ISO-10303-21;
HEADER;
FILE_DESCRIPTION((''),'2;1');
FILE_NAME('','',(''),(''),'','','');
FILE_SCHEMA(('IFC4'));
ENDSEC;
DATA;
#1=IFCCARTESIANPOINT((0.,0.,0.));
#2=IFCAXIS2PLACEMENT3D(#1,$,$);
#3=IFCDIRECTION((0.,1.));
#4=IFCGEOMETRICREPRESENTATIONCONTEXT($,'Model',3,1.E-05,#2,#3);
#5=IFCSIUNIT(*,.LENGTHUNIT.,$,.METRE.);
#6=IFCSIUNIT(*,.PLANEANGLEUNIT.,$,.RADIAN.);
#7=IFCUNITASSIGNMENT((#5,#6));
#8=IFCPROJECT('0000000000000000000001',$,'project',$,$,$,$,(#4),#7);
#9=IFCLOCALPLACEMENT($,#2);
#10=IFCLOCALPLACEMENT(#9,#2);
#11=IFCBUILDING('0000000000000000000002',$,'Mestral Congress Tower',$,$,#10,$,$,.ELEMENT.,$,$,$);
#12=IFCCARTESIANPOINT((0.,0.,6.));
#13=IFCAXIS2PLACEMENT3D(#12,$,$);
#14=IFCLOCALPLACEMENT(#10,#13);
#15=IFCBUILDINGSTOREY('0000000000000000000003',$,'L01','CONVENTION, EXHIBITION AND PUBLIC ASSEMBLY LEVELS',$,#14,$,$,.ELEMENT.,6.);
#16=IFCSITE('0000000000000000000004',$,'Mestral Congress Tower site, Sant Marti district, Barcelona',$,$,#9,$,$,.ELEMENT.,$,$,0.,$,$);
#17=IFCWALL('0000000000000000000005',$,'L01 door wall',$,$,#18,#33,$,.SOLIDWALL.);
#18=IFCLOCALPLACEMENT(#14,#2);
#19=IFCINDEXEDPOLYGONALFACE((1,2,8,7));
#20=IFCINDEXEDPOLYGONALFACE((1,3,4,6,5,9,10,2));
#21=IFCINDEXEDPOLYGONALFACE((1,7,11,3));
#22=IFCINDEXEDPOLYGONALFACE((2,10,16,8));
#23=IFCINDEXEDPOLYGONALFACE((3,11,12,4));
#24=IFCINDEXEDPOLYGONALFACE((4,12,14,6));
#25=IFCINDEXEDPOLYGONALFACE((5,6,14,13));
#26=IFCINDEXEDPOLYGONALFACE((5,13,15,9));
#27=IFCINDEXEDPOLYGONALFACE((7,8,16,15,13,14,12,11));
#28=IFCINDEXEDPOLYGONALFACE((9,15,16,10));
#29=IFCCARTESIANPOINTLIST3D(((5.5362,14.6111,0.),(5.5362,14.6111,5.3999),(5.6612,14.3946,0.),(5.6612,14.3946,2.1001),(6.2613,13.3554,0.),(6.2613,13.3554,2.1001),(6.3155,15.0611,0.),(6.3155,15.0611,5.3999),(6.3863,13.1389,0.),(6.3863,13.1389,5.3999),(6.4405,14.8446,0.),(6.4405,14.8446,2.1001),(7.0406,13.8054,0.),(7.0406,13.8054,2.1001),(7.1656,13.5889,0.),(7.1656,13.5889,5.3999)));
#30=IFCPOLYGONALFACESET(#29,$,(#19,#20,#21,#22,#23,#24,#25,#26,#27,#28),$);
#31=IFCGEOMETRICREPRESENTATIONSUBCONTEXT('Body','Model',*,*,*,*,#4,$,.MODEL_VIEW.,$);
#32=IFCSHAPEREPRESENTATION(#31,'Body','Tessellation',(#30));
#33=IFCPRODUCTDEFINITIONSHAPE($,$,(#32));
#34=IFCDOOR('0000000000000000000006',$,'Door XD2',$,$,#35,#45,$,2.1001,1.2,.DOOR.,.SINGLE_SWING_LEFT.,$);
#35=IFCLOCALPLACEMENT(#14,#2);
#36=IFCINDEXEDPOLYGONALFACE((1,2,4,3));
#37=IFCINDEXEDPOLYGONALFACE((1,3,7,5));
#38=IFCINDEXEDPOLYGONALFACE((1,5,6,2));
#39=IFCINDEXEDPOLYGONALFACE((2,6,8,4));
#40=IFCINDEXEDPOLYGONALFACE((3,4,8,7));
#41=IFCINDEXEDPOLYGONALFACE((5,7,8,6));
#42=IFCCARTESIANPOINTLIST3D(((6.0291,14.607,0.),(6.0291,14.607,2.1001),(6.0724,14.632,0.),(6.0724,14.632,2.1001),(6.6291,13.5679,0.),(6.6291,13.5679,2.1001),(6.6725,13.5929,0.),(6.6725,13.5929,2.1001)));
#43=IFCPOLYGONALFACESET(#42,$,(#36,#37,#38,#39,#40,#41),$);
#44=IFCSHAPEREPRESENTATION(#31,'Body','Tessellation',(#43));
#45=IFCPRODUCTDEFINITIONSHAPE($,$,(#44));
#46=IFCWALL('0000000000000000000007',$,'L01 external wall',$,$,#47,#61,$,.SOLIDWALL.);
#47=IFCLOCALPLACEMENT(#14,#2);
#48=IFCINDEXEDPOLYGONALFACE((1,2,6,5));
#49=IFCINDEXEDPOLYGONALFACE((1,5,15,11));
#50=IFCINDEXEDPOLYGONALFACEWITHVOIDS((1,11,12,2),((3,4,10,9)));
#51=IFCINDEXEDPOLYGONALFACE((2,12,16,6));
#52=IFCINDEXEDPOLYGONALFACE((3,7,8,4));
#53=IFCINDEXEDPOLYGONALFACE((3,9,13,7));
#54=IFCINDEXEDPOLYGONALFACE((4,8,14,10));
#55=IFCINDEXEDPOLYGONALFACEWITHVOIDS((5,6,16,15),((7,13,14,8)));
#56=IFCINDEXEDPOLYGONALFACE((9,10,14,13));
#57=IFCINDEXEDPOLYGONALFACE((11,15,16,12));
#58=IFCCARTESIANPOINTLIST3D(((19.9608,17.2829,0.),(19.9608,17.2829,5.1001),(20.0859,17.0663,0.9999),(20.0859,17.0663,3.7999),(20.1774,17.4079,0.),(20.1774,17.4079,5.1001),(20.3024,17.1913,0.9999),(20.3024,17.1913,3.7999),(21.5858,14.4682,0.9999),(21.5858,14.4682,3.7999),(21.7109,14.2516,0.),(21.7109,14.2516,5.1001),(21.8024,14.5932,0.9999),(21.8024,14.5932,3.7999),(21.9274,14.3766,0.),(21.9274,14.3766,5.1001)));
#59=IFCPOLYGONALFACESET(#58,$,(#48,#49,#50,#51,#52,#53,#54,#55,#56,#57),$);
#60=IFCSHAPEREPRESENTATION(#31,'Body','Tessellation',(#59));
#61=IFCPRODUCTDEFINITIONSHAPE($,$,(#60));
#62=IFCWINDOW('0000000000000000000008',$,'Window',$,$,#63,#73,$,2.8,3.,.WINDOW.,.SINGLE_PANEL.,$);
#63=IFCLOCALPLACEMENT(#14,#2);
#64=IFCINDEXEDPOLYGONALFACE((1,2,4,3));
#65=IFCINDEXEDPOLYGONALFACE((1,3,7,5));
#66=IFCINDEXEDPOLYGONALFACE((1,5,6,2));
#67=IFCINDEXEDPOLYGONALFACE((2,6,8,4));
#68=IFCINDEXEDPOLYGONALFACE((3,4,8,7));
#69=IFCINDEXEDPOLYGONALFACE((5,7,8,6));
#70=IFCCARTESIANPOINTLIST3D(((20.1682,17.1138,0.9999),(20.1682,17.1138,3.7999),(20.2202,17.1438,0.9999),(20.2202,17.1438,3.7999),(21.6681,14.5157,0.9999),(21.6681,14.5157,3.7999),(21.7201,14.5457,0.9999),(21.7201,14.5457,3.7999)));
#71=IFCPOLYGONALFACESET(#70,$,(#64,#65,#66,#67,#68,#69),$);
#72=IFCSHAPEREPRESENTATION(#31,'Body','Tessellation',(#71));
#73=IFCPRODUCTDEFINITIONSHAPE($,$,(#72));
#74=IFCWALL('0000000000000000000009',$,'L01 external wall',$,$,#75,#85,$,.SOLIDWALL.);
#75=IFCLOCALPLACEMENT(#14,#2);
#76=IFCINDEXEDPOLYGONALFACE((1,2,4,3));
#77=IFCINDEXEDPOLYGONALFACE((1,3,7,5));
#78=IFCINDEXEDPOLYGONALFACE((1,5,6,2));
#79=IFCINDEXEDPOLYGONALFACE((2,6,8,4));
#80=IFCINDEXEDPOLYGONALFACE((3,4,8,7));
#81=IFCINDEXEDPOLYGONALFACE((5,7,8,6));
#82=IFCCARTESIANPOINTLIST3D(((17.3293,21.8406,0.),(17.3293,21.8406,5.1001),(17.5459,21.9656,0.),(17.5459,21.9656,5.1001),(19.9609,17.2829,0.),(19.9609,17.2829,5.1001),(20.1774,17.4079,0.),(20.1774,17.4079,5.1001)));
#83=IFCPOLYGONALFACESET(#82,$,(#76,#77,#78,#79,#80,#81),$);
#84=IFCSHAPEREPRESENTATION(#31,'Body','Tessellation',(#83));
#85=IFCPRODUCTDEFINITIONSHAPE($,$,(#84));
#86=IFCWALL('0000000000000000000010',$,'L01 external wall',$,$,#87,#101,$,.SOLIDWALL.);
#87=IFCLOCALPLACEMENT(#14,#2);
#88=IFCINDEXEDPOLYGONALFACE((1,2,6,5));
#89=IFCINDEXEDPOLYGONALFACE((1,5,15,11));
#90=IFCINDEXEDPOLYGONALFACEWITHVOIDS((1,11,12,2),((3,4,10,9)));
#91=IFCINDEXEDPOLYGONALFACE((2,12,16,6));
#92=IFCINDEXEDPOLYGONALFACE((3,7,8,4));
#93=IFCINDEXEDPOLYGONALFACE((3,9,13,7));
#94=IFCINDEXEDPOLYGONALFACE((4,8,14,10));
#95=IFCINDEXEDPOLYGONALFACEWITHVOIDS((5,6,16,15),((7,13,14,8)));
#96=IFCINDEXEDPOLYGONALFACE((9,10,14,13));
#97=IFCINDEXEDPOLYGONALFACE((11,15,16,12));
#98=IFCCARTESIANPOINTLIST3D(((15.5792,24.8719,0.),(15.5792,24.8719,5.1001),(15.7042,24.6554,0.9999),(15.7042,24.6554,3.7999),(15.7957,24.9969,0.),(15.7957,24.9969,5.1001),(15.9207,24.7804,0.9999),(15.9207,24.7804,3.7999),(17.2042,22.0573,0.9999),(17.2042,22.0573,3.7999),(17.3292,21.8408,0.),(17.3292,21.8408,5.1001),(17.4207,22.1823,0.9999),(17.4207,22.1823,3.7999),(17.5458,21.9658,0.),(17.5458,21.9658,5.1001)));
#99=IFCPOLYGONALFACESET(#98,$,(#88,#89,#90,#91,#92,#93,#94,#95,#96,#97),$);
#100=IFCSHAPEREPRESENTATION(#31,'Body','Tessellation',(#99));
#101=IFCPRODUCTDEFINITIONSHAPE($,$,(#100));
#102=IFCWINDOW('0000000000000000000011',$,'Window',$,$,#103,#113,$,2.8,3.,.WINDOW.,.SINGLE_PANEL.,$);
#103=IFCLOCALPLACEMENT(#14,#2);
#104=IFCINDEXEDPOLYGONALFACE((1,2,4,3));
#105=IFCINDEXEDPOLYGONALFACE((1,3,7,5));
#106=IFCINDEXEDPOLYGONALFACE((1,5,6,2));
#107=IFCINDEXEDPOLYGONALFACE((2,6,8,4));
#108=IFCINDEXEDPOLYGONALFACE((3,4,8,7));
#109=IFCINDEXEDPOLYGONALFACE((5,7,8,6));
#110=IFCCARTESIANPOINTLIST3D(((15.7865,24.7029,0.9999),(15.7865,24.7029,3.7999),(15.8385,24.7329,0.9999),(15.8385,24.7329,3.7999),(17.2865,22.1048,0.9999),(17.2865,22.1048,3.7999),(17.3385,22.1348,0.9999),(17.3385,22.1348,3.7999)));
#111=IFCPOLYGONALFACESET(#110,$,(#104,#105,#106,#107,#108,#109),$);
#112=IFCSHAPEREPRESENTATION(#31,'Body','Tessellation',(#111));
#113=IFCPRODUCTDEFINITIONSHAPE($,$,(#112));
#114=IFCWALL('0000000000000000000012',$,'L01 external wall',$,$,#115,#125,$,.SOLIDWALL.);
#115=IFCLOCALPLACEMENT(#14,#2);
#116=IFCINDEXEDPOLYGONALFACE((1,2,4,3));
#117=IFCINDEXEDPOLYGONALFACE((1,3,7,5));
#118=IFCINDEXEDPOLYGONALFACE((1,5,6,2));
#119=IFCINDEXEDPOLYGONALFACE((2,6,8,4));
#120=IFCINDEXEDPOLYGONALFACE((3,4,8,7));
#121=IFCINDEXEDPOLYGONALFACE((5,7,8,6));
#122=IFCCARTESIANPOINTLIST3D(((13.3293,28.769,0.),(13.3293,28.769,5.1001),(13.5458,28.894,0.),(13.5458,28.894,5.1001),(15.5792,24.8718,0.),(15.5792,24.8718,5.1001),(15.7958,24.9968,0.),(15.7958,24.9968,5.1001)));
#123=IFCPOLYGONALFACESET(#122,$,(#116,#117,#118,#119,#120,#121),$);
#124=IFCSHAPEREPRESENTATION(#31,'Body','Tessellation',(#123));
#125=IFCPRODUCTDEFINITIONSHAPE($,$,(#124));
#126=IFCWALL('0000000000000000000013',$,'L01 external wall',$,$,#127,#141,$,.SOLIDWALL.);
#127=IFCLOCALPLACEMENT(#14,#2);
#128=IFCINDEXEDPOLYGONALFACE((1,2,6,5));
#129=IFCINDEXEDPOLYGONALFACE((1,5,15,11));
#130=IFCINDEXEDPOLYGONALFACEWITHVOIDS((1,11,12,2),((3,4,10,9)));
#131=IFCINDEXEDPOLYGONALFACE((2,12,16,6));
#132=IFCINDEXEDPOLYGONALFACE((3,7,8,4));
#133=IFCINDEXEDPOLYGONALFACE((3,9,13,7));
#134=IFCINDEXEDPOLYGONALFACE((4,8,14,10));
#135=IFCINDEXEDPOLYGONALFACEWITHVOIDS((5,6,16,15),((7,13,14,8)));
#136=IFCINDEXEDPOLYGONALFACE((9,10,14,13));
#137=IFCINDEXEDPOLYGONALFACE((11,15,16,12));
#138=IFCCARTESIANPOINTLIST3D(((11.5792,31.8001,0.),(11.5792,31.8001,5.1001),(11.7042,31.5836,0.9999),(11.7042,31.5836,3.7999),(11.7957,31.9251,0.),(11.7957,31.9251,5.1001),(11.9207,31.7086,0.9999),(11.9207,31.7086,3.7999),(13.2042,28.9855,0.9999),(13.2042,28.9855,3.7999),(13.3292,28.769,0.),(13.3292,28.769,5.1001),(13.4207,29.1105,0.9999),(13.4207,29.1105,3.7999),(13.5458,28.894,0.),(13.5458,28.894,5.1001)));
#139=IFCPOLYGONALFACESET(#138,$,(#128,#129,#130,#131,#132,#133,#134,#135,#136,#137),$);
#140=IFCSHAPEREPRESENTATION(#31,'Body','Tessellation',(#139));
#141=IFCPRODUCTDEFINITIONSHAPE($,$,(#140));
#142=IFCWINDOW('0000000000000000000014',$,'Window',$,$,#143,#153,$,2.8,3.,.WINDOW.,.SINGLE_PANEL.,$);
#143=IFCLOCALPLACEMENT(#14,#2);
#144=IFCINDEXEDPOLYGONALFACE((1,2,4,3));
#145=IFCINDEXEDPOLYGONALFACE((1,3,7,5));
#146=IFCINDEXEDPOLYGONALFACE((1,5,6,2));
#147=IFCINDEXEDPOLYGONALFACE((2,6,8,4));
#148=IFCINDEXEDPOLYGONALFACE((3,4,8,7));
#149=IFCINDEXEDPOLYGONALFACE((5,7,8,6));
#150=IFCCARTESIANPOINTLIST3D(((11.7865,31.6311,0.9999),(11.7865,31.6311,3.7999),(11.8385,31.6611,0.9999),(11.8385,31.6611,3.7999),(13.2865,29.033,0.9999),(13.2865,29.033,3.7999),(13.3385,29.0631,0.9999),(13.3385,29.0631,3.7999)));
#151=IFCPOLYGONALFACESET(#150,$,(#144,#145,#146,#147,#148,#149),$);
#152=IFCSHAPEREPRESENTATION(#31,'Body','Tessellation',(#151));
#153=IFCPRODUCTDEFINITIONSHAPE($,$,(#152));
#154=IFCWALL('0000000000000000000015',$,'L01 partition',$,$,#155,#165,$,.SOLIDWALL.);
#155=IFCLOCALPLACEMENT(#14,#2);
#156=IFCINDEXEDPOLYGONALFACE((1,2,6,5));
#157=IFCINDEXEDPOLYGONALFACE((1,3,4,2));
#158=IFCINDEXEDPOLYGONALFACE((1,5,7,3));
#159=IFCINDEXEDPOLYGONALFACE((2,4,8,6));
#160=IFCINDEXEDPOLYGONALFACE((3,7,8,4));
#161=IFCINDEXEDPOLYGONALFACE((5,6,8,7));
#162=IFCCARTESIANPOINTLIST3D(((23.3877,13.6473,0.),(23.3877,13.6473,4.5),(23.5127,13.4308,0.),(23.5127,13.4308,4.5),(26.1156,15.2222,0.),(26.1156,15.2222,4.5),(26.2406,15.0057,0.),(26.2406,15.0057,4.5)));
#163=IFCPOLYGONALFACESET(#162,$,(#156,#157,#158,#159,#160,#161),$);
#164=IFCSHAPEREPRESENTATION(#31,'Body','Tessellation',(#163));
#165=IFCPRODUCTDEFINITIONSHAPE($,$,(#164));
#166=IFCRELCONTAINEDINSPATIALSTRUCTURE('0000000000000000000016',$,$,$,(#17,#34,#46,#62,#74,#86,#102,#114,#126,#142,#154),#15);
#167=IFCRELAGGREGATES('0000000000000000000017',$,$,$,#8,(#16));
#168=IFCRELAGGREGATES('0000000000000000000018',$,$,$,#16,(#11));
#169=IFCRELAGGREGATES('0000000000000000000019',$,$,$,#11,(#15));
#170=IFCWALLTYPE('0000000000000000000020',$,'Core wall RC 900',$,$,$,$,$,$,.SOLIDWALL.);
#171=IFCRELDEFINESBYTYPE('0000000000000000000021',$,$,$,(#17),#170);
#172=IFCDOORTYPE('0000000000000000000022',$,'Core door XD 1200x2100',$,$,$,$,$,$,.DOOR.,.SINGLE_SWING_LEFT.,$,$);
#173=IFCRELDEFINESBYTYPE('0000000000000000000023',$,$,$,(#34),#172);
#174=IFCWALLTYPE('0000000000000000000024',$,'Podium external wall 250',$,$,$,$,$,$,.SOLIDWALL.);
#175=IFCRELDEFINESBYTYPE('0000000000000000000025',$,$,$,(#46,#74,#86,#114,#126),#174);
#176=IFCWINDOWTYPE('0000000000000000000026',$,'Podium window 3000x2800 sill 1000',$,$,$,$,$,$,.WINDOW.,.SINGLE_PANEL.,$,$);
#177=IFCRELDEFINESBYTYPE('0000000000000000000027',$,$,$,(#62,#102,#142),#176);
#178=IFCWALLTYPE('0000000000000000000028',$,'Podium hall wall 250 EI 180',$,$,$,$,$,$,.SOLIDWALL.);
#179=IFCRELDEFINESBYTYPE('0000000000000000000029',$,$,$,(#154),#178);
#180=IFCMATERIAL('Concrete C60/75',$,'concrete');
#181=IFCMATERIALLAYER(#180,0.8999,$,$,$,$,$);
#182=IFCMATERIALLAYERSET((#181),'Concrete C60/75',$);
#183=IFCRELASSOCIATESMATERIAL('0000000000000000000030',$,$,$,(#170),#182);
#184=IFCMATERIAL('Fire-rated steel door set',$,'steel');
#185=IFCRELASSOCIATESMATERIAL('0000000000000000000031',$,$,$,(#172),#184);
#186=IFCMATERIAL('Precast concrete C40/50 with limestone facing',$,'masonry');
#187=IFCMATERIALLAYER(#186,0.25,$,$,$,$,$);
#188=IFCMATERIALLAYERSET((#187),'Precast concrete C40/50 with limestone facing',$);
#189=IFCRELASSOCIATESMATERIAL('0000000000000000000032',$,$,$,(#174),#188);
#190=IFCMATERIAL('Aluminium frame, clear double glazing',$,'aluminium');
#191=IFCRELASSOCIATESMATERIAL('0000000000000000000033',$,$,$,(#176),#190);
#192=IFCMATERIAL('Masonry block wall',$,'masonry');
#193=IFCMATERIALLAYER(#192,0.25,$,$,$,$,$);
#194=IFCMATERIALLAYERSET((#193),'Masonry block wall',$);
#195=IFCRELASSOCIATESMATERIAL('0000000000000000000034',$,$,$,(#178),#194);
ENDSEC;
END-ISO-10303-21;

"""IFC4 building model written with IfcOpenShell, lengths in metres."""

from ifc_helpers import new_model, si_unit, direction, frame, frame_2d, origin, place, context, subcontext, project, spatial, rectangle, extrude, material, layer, layer_set, type_object, element, fill, save


model = new_model("IFC4")

# Units and contexts
model_context = context("Model", 3, precision=1e-05, world=origin(), true_north=direction((0.0, 1.0)))
body_context = subcontext(model_context, "Body", "Model", "MODEL_VIEW")
ifc_project = project(units=[si_unit("LENGTHUNIT", "METRE"), si_unit("PLANEANGLEUNIT", "RADIAN")], contexts=[model_context])

# Site, building, storey
site_placement = place(None, origin())
site = spatial("IfcSite", under=ifc_project, at=site_placement, Name="Mestral Congress Tower site, Sant Marti district, Barcelona", CompositionType="ELEMENT", RefElevation=0.0)
building_placement = place(site_placement, origin())
building = spatial("IfcBuilding", under=site, at=building_placement, Name="Mestral Congress Tower", CompositionType="ELEMENT")
storey_placement = place(building_placement, frame((0.0, 0.0, 6.0)))
storey = spatial("IfcBuildingStorey", under=building, at=storey_placement, Name="L01", Description="CONVENTION, EXHIBITION AND PUBLIC ASSEMBLY LEVELS", CompositionType="ELEMENT", Elevation=6.0)

# Shared definitions
ifc_material_1 = material(Name="Concrete C60/75", Category="concrete")
ifc_layer_1 = layer(ifc_material_1, 0.8999)
ifc_layer_set_1 = layer_set([ifc_layer_1], Name="Concrete C60/75")
wall_type_1 = type_object("IfcWallType", Name="Core wall RC 900", PredefinedType="SOLIDWALL", material=ifc_layer_set_1)

# Wall, opening, door
wall_1_placement = place(storey_placement, frame((5.9258, 14.8362, 0.0), z_axis=(0.0, 0.0, 1.0), x_axis=(0.500062, -0.865989, 0.0)))
wall_1 = element("IfcWall", 1, at=wall_1_placement, inside=storey, type_object=wall_type_1, Name="L01 door wall", PredefinedType="SOLIDWALL", context=body_context, shape_type="SweptSolid", body=[
    extrude(rectangle(XDim=1.7, YDim=0.8999, at=frame_2d((0.8501, 0.0))), origin(), (0.0, 0.0, 1.0), 5.3999),
])
opening_1_placement = place(wall_1_placement, frame((0.25, 0.0, 0.0)))
opening_1 = element("IfcOpeningElement", 2, at=opening_1_placement, cuts=wall_1, PredefinedType="OPENING", context=body_context, shape_type="SweptSolid", body=[
    extrude(rectangle(XDim=1.2, YDim=2.1001, at=frame_2d((0.6001, 1.05))), frame((0.0, 0.46, 0.0), z_axis=(0.0, -1.0, 0.0), x_axis=(1.0, 0.0, 0.0)), (0.0, 0.0, 1.0), 0.9199),
])
ifc_material_2 = material(Name="Fire-rated steel door set", Category="steel")
door_type = type_object("IfcDoorType", Name="Core door XD 1200x2100", OperationType="SINGLE_SWING_LEFT", PredefinedType="DOOR", material=ifc_material_2)
door_placement = place(opening_1_placement, origin())
door = element("IfcDoor", 3, at=door_placement, inside=storey, type_object=door_type, Name="Door XD2", OperationType="SINGLE_SWING_LEFT", OverallHeight=2.1001, OverallWidth=1.2, PredefinedType="DOOR", context=body_context, shape_type="SweptSolid", body=[
    extrude(rectangle(XDim=1.2, YDim=2.1001, at=frame_2d((0.6001, 1.05))), frame((0.0, 0.0249, 0.0), z_axis=(0.0, -1.0, 0.0), x_axis=(1.0, 0.0, 0.0)), (0.0, 0.0, 1.0), 0.05),
])
fill(opening_1, door)

# Wall, opening, window
ifc_material_3 = material(Name="Precast concrete C40/50 with limestone facing", Category="masonry")
ifc_layer_2 = layer(ifc_material_3, 0.25)
ifc_layer_set_2 = layer_set([ifc_layer_2], Name="Precast concrete C40/50 with limestone facing")
wall_type_2 = type_object("IfcWallType", Name="Podium external wall 250", PredefinedType="SOLIDWALL", material=ifc_layer_set_2)
wall_2_placement = place(storey_placement, frame((21.8191, 14.3142, 0.0), z_axis=(0.0, 0.0, 1.0), x_axis=(-0.49998, 0.866037, 0.0)))
wall_2 = element("IfcWall", 4, at=wall_2_placement, inside=storey, type_object=wall_type_2, Name="L01 external wall", PredefinedType="SOLIDWALL", context=body_context, shape_type="SweptSolid", body=[
    extrude(rectangle(XDim=3.5002, YDim=0.25, at=frame_2d((1.75, 0.0))), origin(), (0.0, 0.0, 1.0), 5.1001),
])
opening_2_placement = place(wall_2_placement, frame((0.25, 0.0, 1.0)))
opening_2 = element("IfcOpeningElement", 5, at=opening_2_placement, cuts=wall_2, PredefinedType="OPENING", context=body_context, shape_type="SweptSolid", body=[
    extrude(rectangle(XDim=3.0, YDim=2.8, at=frame_2d((1.5, 1.3999))), frame((0.0, 0.135, 0.0), z_axis=(0.0, -1.0, 0.0), x_axis=(1.0, 0.0, 0.0)), (0.0, 0.0, 1.0), 0.27),
])
ifc_material_4 = material(Name="Aluminium frame, clear double glazing", Category="aluminium")
window_type = type_object("IfcWindowType", Name="Podium window 3000x2800 sill 1000", PartitioningType="SINGLE_PANEL", PredefinedType="WINDOW", material=ifc_material_4)
window_1_placement = place(opening_2_placement, origin())
window_1 = element("IfcWindow", 6, at=window_1_placement, inside=storey, type_object=window_type, Name="Window", OverallHeight=2.8, OverallWidth=3.0, PartitioningType="SINGLE_PANEL", PredefinedType="WINDOW", context=body_context, shape_type="SweptSolid", body=[
    extrude(rectangle(XDim=3.0, YDim=2.8, at=frame_2d((1.5, 1.3999))), frame((0.0, 0.03, 0.0), z_axis=(0.0, -1.0, 0.0), x_axis=(1.0, 0.0, 0.0)), (0.0, 0.0, 1.0), 0.0601),
])
fill(opening_2, window_1)

# Wall
wall_3_placement = place(storey_placement, frame((20.0691, 17.3455, 0.0), z_axis=(0.0, 0.0, 1.0), x_axis=(-0.500016, 0.866016, 0.0)))
element("IfcWall", 7, at=wall_3_placement, inside=storey, type_object=wall_type_2, Name="L01 external wall", PredefinedType="SOLIDWALL", context=body_context, shape_type="SweptSolid", body=[
    extrude(rectangle(XDim=5.2629, YDim=0.25, at=frame_2d((2.6313, 0.0))), origin(), (0.0, 0.0, 1.0), 5.1001),
])

# Wall, opening, window
wall_4_placement = place(storey_placement, frame((17.4375, 21.9033, 0.0), z_axis=(0.0, 0.0, 1.0), x_axis=(-0.50001, 0.866019, 0.0)))
wall_4 = element("IfcWall", 8, at=wall_4_placement, inside=storey, type_object=wall_type_2, Name="L01 external wall", PredefinedType="SOLIDWALL", context=body_context, shape_type="SweptSolid", body=[
    extrude(rectangle(XDim=3.5, YDim=0.25, at=frame_2d((1.75, 0.0))), origin(), (0.0, 0.0, 1.0), 5.1001),
])
opening_3_placement = place(wall_4_placement, frame((0.25, 0.0, 1.0)))
opening_3 = element("IfcOpeningElement", 9, at=opening_3_placement, cuts=wall_4, PredefinedType="OPENING", context=body_context, shape_type="SweptSolid", body=[
    extrude(rectangle(XDim=3.0, YDim=2.8, at=frame_2d((1.5, 1.3999))), frame((0.0, 0.135, 0.0), z_axis=(0.0, -1.0, 0.0), x_axis=(1.0, 0.0, 0.0)), (0.0, 0.0, 1.0), 0.27),
])
window_2_placement = place(opening_3_placement, origin())
window_2 = element("IfcWindow", 10, at=window_2_placement, inside=storey, type_object=window_type, Name="Window", OverallHeight=2.8, OverallWidth=3.0, PartitioningType="SINGLE_PANEL", PredefinedType="WINDOW", context=body_context, shape_type="SweptSolid", body=[
    extrude(rectangle(XDim=3.0, YDim=2.8, at=frame_2d((1.5, 1.3999))), frame((0.0, 0.03, 0.0), z_axis=(0.0, -1.0, 0.0), x_axis=(1.0, 0.0, 0.0)), (0.0, 0.0, 1.0), 0.0601),
])
fill(opening_3, window_2)

# Wall
wall_5_placement = place(storey_placement, frame((15.6875, 24.9343, 0.0), z_axis=(0.0, 0.0, 1.0), x_axis=(-0.49999, 0.866031, 0.0)))
element("IfcWall", 11, at=wall_5_placement, inside=storey, type_object=wall_type_2, Name="L01 external wall", PredefinedType="SOLIDWALL", context=body_context, shape_type="SweptSolid", body=[
    extrude(rectangle(XDim=4.5, YDim=0.25, at=frame_2d((2.25, 0.0))), origin(), (0.0, 0.0, 1.0), 5.1001),
])

# Wall, opening, window
wall_6_placement = place(storey_placement, frame((13.4375, 28.8315, 0.0), z_axis=(0.0, 0.0, 1.0), x_axis=(-0.50001, 0.866019, 0.0)))
wall_6 = element("IfcWall", 12, at=wall_6_placement, inside=storey, type_object=wall_type_2, Name="L01 external wall", PredefinedType="SOLIDWALL", context=body_context, shape_type="SweptSolid", body=[
    extrude(rectangle(XDim=3.5, YDim=0.25, at=frame_2d((1.75, 0.0))), origin(), (0.0, 0.0, 1.0), 5.1001),
])
opening_4_placement = place(wall_6_placement, frame((0.25, 0.0, 1.0)))
opening_4 = element("IfcOpeningElement", 13, at=opening_4_placement, cuts=wall_6, PredefinedType="OPENING", context=body_context, shape_type="SweptSolid", body=[
    extrude(rectangle(XDim=3.0, YDim=2.8, at=frame_2d((1.5, 1.3999))), frame((0.0, 0.135, 0.0), z_axis=(0.0, -1.0, 0.0), x_axis=(1.0, 0.0, 0.0)), (0.0, 0.0, 1.0), 0.27),
])
window_3_placement = place(opening_4_placement, origin())
window_3 = element("IfcWindow", 14, at=window_3_placement, inside=storey, type_object=window_type, Name="Window", OverallHeight=2.8, OverallWidth=3.0, PartitioningType="SINGLE_PANEL", PredefinedType="WINDOW", context=body_context, shape_type="SweptSolid", body=[
    extrude(rectangle(XDim=3.0, YDim=2.8, at=frame_2d((1.5, 1.3999))), frame((0.0, 0.03, 0.0), z_axis=(0.0, -1.0, 0.0), x_axis=(1.0, 0.0, 0.0)), (0.0, 0.0, 1.0), 0.0601),
])
fill(opening_4, window_3)

# Wall
ifc_material_5 = material(Name="Masonry block wall", Category="masonry")
ifc_layer_3 = layer(ifc_material_5, 0.25)
ifc_layer_set_3 = layer_set([ifc_layer_3], Name="Masonry block wall")
wall_type_3 = type_object("IfcWallType", Name="Podium hall wall 250 EI 180", PredefinedType="SOLIDWALL", material=ifc_layer_set_3)
wall_7_placement = place(storey_placement, frame((23.4502, 13.5391, 0.0), z_axis=(0.0, 0.0, 1.0), x_axis=(0.866036, 0.499982, 0.0)))
element("IfcWall", 15, at=wall_7_placement, inside=storey, type_object=wall_type_3, Name="L01 partition", PredefinedType="SOLIDWALL", context=body_context, shape_type="SweptSolid", body=[
    extrude(rectangle(XDim=3.1499, YDim=0.25, at=frame_2d((1.575, 0.0))), origin(), (0.0, 0.0, 1.0), 4.5),
])

save(model, "model.ifc")
